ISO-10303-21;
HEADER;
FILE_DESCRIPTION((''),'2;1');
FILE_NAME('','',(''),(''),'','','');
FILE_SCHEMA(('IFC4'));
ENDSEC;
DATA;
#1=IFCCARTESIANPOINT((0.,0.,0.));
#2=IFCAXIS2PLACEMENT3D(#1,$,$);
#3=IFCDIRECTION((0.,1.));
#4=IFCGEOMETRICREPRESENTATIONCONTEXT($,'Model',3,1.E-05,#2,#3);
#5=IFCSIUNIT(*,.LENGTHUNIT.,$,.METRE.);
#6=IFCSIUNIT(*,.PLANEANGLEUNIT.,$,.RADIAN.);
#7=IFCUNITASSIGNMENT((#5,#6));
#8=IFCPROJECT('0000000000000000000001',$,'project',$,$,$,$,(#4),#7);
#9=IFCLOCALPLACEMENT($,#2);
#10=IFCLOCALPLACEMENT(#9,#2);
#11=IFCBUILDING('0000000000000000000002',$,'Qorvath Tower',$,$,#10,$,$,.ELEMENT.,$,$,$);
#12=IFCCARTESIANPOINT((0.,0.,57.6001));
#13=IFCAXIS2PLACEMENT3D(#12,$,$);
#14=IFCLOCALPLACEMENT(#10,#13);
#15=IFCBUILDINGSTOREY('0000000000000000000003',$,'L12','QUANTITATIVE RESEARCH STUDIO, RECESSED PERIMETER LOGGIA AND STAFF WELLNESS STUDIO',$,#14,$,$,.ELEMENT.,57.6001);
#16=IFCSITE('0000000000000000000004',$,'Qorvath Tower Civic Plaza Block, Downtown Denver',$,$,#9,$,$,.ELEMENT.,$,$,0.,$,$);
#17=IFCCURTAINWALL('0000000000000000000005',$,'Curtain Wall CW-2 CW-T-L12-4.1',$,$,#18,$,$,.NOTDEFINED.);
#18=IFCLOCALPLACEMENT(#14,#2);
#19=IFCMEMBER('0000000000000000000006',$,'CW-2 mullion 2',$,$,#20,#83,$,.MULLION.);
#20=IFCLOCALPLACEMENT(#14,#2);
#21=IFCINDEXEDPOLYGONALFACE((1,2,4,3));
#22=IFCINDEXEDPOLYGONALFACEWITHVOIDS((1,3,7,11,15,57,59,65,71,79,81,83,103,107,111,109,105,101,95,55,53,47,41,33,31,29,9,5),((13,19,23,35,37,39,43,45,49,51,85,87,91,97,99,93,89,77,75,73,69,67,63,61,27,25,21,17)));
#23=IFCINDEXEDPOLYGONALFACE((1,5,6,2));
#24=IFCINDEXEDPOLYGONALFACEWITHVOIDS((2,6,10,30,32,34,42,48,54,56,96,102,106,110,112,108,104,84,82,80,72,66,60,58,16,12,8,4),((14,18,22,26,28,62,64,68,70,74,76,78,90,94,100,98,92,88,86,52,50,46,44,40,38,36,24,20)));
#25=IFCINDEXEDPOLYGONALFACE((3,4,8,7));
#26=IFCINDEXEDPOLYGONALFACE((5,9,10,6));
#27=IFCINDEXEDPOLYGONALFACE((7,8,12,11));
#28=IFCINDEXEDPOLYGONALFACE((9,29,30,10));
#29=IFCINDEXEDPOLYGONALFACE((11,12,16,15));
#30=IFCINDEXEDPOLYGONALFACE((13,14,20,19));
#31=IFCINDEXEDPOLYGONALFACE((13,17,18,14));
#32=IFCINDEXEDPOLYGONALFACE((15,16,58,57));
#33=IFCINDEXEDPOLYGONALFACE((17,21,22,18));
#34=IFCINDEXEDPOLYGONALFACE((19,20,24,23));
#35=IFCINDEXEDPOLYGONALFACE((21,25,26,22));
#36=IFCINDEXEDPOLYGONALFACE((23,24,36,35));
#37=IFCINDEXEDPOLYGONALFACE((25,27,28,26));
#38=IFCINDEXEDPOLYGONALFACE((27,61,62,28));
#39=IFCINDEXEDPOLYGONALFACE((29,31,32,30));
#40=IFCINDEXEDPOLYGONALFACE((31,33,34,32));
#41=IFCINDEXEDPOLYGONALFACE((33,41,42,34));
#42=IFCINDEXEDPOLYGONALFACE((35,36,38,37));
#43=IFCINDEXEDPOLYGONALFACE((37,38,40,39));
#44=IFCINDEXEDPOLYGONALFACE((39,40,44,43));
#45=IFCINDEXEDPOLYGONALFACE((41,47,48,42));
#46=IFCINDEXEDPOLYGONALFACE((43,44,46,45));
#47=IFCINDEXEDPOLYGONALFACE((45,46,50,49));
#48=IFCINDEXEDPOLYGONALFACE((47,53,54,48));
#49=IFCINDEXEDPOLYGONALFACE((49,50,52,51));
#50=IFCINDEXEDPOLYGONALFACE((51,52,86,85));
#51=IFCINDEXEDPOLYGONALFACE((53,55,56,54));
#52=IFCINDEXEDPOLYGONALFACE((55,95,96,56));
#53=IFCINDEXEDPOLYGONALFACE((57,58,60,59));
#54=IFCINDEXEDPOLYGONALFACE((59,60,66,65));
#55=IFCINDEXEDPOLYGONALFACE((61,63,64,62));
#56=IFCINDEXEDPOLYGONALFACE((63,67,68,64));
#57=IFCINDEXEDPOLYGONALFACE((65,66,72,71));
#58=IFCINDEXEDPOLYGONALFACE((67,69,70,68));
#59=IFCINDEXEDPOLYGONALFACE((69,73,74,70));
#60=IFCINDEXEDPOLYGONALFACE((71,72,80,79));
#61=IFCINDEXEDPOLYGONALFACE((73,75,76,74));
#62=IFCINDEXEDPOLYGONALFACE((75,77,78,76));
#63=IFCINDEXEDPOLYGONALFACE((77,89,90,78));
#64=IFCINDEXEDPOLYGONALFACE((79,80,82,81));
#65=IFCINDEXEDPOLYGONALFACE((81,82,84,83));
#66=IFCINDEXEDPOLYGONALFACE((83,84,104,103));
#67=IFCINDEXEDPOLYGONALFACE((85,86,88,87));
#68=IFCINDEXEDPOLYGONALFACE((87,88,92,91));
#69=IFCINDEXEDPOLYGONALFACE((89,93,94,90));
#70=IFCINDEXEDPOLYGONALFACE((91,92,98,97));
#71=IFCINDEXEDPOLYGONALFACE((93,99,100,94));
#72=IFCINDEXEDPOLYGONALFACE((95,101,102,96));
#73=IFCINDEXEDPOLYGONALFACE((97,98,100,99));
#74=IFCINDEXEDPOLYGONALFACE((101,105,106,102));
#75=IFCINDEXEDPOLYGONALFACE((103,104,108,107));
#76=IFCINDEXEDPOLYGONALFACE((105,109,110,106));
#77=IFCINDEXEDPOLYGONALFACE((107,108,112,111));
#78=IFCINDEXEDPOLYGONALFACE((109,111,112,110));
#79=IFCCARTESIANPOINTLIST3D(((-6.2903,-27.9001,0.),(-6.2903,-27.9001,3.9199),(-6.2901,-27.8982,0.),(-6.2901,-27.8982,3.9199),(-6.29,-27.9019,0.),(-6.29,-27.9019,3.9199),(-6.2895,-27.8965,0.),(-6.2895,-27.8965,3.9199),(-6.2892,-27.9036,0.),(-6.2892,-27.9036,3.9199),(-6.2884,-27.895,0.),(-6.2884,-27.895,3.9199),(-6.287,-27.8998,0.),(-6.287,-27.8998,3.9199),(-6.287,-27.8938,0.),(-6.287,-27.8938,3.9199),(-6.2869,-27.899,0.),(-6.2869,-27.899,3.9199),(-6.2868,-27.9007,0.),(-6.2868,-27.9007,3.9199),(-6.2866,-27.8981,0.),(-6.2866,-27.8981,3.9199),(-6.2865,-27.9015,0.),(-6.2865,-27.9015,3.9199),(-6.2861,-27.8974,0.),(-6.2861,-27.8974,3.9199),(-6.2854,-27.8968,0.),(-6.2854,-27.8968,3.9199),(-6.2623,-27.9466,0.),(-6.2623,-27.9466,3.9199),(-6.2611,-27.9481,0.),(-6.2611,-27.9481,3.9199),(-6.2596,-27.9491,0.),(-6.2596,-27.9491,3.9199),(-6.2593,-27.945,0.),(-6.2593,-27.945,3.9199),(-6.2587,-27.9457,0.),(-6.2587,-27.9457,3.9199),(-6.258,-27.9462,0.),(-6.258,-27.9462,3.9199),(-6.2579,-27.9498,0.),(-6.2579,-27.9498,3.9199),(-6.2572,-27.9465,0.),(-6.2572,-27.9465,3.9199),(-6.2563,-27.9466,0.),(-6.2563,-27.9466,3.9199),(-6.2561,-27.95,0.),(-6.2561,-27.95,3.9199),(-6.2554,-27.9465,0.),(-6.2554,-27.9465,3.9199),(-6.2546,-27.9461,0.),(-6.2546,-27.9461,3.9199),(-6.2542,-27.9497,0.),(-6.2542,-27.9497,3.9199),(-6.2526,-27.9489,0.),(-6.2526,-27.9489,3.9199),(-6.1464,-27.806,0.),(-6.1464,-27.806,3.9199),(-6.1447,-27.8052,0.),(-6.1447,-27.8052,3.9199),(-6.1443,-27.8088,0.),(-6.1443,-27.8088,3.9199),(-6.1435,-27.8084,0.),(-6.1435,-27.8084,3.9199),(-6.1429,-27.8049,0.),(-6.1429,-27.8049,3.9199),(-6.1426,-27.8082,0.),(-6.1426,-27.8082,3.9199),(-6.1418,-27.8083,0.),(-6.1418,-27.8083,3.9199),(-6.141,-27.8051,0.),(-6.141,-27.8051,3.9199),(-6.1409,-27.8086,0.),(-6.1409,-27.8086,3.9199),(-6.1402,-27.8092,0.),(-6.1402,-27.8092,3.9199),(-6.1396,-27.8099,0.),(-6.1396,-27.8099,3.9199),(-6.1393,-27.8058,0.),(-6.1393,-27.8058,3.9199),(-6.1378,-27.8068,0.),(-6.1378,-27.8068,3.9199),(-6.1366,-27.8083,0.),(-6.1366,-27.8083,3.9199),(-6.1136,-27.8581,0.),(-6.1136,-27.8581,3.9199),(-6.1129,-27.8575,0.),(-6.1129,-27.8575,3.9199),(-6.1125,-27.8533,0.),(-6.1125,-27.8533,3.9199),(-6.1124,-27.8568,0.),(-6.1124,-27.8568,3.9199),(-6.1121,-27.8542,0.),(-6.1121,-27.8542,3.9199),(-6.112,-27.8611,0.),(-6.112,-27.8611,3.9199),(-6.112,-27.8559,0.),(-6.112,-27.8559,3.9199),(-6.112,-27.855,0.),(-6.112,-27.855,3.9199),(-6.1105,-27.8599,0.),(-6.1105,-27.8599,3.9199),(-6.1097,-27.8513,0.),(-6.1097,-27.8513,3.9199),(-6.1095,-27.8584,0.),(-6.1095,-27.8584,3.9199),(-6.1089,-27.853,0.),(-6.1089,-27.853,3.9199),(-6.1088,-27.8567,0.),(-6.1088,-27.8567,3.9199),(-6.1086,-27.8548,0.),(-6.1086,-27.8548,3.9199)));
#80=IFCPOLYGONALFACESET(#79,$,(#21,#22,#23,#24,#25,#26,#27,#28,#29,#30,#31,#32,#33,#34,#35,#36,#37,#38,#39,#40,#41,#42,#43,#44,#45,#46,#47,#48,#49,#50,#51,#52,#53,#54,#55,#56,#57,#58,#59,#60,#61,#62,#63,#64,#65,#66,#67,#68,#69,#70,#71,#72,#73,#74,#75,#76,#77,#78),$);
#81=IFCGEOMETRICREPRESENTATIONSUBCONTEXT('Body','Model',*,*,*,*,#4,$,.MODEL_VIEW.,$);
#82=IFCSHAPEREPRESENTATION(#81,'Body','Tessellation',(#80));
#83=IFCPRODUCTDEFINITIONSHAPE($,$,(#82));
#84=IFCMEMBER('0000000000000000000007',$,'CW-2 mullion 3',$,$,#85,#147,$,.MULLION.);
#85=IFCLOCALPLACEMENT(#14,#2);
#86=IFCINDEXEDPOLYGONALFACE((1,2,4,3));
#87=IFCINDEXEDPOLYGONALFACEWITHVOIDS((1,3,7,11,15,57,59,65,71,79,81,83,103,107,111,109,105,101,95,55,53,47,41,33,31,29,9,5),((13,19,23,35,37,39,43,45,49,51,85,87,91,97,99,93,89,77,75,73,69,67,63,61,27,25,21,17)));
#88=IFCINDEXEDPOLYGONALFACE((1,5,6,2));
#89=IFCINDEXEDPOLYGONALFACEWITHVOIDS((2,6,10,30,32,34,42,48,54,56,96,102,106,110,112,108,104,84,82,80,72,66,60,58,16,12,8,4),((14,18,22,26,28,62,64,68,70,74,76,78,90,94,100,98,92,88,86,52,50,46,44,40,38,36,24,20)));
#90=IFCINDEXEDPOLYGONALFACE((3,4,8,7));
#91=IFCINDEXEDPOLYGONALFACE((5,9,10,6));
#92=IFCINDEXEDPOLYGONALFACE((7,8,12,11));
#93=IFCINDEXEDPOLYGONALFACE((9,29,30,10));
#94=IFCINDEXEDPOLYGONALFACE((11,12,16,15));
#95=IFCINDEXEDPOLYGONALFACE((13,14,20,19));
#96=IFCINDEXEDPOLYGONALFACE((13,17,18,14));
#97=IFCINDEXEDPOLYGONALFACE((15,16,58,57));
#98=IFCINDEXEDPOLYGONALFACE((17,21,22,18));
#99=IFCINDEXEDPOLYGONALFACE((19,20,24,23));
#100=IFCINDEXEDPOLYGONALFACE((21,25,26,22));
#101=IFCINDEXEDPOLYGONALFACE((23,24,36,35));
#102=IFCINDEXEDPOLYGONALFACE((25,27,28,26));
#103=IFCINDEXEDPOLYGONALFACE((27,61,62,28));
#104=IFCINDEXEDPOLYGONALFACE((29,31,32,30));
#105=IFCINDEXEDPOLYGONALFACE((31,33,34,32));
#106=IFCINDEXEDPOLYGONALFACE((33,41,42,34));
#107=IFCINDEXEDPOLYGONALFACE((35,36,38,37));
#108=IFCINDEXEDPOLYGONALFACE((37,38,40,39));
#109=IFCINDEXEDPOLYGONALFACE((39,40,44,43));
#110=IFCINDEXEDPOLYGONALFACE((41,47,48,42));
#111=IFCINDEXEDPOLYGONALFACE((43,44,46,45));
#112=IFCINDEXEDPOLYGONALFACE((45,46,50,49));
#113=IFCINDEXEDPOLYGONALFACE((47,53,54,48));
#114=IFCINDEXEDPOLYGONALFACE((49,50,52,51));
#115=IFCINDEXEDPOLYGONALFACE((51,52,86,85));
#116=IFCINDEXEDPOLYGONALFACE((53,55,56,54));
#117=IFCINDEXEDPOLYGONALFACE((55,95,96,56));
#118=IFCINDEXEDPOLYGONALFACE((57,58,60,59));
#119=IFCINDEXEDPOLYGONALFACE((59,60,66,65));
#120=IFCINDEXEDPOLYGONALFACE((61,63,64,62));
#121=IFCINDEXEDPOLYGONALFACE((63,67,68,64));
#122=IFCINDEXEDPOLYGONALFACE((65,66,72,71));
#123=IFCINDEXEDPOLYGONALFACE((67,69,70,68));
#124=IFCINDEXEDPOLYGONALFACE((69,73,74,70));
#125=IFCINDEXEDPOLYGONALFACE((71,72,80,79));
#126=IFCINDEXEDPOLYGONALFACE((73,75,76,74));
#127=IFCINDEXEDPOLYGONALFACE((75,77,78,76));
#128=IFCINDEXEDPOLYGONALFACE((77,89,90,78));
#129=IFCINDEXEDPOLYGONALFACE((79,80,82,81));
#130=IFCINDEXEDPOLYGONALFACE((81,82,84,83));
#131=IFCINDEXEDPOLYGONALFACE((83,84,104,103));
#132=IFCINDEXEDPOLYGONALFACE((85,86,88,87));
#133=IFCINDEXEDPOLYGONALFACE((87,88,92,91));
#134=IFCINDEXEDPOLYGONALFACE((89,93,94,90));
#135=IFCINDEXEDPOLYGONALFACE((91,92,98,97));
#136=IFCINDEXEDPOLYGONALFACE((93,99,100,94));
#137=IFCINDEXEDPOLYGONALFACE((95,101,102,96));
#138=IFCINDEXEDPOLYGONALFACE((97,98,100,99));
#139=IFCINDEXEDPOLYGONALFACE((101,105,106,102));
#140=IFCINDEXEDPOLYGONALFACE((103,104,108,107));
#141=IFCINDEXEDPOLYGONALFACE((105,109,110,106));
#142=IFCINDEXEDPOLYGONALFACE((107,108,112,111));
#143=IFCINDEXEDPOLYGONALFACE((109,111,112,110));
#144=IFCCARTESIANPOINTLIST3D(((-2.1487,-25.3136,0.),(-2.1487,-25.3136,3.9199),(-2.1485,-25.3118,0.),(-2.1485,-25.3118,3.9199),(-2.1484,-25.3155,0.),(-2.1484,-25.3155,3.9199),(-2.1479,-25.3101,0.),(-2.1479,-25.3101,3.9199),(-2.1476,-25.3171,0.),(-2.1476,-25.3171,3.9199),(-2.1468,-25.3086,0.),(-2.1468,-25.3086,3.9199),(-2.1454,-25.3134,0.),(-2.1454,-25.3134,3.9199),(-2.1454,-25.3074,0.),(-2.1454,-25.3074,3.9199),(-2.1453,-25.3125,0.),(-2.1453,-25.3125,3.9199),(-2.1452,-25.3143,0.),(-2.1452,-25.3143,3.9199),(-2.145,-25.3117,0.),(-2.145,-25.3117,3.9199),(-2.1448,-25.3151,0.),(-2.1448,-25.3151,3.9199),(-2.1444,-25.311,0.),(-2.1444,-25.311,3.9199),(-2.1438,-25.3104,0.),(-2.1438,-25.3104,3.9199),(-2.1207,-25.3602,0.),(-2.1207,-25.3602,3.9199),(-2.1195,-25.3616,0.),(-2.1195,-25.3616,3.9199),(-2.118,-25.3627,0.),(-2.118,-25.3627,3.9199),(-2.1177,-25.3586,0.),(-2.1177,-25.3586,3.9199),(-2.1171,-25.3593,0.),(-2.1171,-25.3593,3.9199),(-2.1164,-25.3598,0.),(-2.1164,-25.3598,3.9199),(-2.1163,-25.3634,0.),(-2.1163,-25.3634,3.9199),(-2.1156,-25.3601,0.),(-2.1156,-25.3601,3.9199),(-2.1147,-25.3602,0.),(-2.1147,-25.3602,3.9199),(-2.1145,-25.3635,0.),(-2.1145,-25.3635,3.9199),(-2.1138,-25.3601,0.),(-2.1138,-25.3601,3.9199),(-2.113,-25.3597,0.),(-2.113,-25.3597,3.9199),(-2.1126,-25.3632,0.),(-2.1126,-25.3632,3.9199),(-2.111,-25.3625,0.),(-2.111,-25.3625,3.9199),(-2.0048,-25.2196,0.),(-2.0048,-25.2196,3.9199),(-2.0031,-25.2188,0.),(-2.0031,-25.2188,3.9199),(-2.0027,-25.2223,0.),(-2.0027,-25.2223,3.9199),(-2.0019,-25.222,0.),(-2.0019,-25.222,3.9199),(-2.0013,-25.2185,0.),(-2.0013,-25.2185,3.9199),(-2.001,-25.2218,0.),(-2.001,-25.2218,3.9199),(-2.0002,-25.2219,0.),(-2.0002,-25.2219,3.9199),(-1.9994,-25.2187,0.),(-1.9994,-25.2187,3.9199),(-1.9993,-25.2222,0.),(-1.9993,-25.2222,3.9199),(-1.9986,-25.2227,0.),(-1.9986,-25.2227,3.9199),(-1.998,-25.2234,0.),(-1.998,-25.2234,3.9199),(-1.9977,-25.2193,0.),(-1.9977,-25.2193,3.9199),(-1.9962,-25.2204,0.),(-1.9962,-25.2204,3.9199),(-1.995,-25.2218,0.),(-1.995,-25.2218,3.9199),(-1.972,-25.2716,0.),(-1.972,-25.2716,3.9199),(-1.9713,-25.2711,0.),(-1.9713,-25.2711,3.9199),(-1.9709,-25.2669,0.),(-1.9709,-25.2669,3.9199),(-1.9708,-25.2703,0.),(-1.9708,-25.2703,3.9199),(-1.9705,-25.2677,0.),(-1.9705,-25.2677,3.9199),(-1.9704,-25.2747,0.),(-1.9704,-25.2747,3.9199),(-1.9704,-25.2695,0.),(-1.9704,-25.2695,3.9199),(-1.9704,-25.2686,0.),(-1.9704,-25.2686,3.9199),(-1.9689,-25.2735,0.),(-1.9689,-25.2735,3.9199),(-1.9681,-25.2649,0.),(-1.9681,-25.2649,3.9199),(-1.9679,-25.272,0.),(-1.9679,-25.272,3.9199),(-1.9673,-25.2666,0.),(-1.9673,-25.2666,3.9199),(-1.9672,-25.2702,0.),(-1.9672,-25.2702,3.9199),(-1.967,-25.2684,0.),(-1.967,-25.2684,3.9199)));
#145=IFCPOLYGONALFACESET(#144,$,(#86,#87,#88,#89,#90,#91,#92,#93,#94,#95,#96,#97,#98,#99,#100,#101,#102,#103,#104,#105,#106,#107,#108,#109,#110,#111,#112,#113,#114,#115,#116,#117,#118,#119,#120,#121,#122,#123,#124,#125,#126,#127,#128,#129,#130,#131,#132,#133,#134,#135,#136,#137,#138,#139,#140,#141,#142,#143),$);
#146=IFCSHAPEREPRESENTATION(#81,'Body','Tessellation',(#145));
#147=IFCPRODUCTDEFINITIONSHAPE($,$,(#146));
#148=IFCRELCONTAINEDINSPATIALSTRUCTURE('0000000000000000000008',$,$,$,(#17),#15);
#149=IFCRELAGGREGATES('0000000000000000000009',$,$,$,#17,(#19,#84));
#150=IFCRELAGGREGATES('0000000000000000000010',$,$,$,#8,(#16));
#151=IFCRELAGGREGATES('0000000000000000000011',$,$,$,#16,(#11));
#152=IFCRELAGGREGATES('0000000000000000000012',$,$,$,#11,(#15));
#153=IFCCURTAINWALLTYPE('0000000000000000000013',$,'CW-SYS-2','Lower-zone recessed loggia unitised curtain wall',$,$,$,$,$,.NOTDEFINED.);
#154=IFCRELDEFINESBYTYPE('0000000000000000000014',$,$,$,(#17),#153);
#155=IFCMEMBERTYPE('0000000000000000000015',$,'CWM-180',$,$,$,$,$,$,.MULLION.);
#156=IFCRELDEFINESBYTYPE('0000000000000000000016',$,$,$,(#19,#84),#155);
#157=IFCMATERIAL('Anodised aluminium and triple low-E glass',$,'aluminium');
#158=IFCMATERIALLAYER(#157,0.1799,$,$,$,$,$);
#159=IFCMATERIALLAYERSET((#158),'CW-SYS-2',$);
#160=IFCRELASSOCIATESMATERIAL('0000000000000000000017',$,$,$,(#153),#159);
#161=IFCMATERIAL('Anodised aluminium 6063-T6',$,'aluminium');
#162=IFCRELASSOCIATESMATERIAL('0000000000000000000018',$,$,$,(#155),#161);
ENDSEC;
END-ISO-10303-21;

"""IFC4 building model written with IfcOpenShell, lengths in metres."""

from ifc_helpers import new_model, si_unit, direction, frame, origin, origin_2d, place, context, subcontext, project, spatial, hollow_rectangle, extrude, material, layer, layer_set, material_profile, profile_set, type_object, element, aggregate, save


model = new_model("IFC4")

# Units and contexts
model_context = context("Model", 3, precision=1e-05, world=origin(), true_north=direction((0.0, 1.0)))
body_context = subcontext(model_context, "Body", "Model", "MODEL_VIEW")
ifc_project = project(units=[si_unit("LENGTHUNIT", "METRE"), si_unit("PLANEANGLEUNIT", "RADIAN")], contexts=[model_context])

# Site, building, storey
site_placement = place(None, origin())
site = spatial("IfcSite", under=ifc_project, at=site_placement, Name="Qorvath Tower Civic Plaza Block, Downtown Denver", CompositionType="ELEMENT", RefElevation=0.0)
building_placement = place(site_placement, origin())
building = spatial("IfcBuilding", under=site, at=building_placement, Name="Qorvath Tower", CompositionType="ELEMENT")
storey_placement = place(building_placement, frame((0.0, 0.0, 57.6001)))
storey = spatial("IfcBuildingStorey", under=building, at=storey_placement, Name="L12", Description="QUANTITATIVE RESEARCH STUDIO, RECESSED PERIMETER LOGGIA AND STAFF WELLNESS STUDIO", CompositionType="ELEMENT", Elevation=57.6001)

# Shared definitions
ifc_material_1 = material(Name="Anodised aluminium and triple low-E glass", Category="aluminium")
ifc_layer_1 = layer(ifc_material_1, 0.1799)
ifc_layer_set_1 = layer_set([ifc_layer_1], Name="CW-SYS-2")
curtain_wall_type = type_object("IfcCurtainWallType", Name="CW-SYS-2", Description="Lower-zone recessed loggia unitised curtain wall", PredefinedType="NOTDEFINED", material=ifc_layer_set_1)
ifc_material_2 = material(Name="Anodised aluminium 6063-T6", Category="aluminium")
ifc_material_profile_1 = material_profile(ifc_material_2, hollow_rectangle(XDim=0.0649, YDim=0.1799, WallThickness=0.0034, InnerFilletRadius=0.0034, OuterFilletRadius=0.0071, at=origin_2d()), Name="CWM 180x65")
ifc_profile_set_1 = profile_set([ifc_material_profile_1], Name="Anodised aluminium 6063-T6")
member_type_1 = type_object("IfcMemberType", Name="CWM-180", PredefinedType="MULLION", material=ifc_profile_set_1)

# Curtain wall, members
curtain_wall_1_placement = place(storey_placement, origin())
curtain_wall_1 = element("IfcCurtainWall", 1, at=curtain_wall_1_placement, inside=storey, type_object=curtain_wall_type, Name="Curtain Wall CW-2 CW-T-L12-4.1", PredefinedType="NOTDEFINED")
member_1_placement = place(storey_placement, frame((-6.1995, -27.8774, 0.0), z_axis=(0.0, 0.0, 1.0), x_axis=(-0.529692, 0.84819, 0.0)))
member_1 = element("IfcMember", 2, at=member_1_placement, type_object=member_type_1, Name="CW-2 mullion 2", PredefinedType="MULLION", context=body_context, shape_type="SweptSolid", body=[
    extrude(hollow_rectangle(XDim=0.0649, YDim=0.1799, WallThickness=0.0034, InnerFilletRadius=0.0034, OuterFilletRadius=0.0071, at=origin_2d()), origin(), (0.0, 0.0, 1.0), 3.9199),
])
member_2_placement = place(storey_placement, frame((-2.0579, -25.291, 0.0), z_axis=(0.0, 0.0, 1.0), x_axis=(-0.529692, 0.84819, 0.0)))
member_2 = element("IfcMember", 3, at=member_2_placement, type_object=member_type_1, Name="CW-2 mullion 3", PredefinedType="MULLION", context=body_context, shape_type="SweptSolid", body=[
    extrude(hollow_rectangle(XDim=0.0649, YDim=0.1799, WallThickness=0.0034, InnerFilletRadius=0.0034, OuterFilletRadius=0.0071, at=origin_2d()), origin(), (0.0, 0.0, 1.0), 3.9199),
])

aggregate(curtain_wall_1, [member_1, member_2])

save(model, "model.ifc")
